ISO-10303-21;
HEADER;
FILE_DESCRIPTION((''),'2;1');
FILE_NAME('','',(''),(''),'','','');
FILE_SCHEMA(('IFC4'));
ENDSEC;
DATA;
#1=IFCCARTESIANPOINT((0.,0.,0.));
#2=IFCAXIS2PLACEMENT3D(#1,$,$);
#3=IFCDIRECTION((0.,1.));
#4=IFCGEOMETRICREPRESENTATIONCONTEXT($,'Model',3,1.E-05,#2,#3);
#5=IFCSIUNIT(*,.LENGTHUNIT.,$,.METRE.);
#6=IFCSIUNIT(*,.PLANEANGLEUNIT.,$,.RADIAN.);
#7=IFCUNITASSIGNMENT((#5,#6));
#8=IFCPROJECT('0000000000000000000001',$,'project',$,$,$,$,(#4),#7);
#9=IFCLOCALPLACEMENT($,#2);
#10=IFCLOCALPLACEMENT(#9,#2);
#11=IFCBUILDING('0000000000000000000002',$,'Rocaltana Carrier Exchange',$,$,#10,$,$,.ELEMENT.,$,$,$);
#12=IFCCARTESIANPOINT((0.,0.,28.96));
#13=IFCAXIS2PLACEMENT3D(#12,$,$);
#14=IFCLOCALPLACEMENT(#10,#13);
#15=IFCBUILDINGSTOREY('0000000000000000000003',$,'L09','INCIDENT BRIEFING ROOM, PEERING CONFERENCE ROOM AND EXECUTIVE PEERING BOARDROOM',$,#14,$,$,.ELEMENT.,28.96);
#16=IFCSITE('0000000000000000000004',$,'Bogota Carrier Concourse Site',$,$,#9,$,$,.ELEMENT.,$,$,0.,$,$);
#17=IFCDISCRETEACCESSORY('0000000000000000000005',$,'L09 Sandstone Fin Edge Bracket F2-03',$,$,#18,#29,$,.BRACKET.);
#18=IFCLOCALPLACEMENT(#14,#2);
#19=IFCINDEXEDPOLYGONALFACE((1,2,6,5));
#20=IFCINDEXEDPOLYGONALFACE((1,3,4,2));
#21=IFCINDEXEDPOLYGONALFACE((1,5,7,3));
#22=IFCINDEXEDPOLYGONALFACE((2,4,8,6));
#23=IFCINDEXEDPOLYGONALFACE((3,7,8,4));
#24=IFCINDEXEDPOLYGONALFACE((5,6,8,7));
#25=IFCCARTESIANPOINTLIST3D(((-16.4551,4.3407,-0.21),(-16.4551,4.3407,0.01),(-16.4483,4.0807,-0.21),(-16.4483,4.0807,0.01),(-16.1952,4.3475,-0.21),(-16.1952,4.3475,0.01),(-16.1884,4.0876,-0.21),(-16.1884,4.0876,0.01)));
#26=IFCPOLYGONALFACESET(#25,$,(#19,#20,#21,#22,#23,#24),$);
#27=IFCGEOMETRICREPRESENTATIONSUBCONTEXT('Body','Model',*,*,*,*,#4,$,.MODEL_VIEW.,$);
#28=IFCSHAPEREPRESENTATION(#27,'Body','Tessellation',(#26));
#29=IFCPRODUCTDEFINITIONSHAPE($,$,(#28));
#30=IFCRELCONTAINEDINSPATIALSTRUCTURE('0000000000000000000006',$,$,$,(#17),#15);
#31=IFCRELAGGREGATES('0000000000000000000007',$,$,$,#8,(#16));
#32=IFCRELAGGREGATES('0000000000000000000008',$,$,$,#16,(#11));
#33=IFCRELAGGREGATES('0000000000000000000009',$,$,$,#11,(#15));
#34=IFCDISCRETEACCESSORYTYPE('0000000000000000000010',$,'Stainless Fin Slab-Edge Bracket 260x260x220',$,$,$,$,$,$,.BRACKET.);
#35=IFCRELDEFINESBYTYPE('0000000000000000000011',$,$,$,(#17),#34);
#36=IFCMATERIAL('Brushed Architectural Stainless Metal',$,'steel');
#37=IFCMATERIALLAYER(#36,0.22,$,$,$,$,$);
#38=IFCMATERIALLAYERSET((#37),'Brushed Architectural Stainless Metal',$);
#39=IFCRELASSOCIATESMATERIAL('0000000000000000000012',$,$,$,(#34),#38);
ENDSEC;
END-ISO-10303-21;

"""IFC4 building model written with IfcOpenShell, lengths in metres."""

from ifc_helpers import new_model, si_unit, direction, frame, origin, origin_2d, place, context, subcontext, project, spatial, rectangle, extrude, material, layer, layer_set, type_object, element, save


model = new_model("IFC4")

# Units and contexts
model_context = context("Model", 3, precision=1e-05, world=origin(), true_north=direction((0.0, 1.0)))
body_context = subcontext(model_context, "Body", "Model", "MODEL_VIEW")
ifc_project = project(units=[si_unit("LENGTHUNIT", "METRE"), si_unit("PLANEANGLEUNIT", "RADIAN")], contexts=[model_context])

# Site, building, storey
site_placement = place(None, origin())
site = spatial("IfcSite", under=ifc_project, at=site_placement, Name="Bogota Carrier Concourse Site", CompositionType="ELEMENT", RefElevation=0.0)
building_placement = place(site_placement, origin())
building = spatial("IfcBuilding", under=site, at=building_placement, Name="Rocaltana Carrier Exchange", CompositionType="ELEMENT")
storey_placement = place(building_placement, frame((0.0, 0.0, 28.96)))
storey = spatial("IfcBuildingStorey", under=building, at=storey_placement, Name="L09", Description="INCIDENT BRIEFING ROOM, PEERING CONFERENCE ROOM AND EXECUTIVE PEERING BOARDROOM", CompositionType="ELEMENT", Elevation=28.96)

# Discrete accessory
ifc_material_1 = material(Name="Brushed Architectural Stainless Metal", Category="steel")
ifc_layer_1 = layer(ifc_material_1, 0.22)
ifc_layer_set_1 = layer_set([ifc_layer_1], Name="Brushed Architectural Stainless Metal")
discrete_accessory_type = type_object("IfcDiscreteAccessoryType", Name="Stainless Fin Slab-Edge Bracket 260x260x220", PredefinedType="BRACKET", material=ifc_layer_set_1)
discrete_accessory_placement = place(storey_placement, frame((-16.3218, 4.2141, -0.21), z_axis=(0.0, 0.0, 1.0), x_axis=(0.026177, -0.999657, 0.0)))
element("IfcDiscreteAccessory", 1, at=discrete_accessory_placement, inside=storey, type_object=discrete_accessory_type, Name="L09 Sandstone Fin Edge Bracket F2-03", PredefinedType="BRACKET", context=body_context, shape_type="SweptSolid", body=[
    extrude(rectangle(XDim=0.26, YDim=0.26, at=origin_2d()), origin(), (0.0, 0.0, 1.0), 0.22),
])

save(model, "model.ifc")
